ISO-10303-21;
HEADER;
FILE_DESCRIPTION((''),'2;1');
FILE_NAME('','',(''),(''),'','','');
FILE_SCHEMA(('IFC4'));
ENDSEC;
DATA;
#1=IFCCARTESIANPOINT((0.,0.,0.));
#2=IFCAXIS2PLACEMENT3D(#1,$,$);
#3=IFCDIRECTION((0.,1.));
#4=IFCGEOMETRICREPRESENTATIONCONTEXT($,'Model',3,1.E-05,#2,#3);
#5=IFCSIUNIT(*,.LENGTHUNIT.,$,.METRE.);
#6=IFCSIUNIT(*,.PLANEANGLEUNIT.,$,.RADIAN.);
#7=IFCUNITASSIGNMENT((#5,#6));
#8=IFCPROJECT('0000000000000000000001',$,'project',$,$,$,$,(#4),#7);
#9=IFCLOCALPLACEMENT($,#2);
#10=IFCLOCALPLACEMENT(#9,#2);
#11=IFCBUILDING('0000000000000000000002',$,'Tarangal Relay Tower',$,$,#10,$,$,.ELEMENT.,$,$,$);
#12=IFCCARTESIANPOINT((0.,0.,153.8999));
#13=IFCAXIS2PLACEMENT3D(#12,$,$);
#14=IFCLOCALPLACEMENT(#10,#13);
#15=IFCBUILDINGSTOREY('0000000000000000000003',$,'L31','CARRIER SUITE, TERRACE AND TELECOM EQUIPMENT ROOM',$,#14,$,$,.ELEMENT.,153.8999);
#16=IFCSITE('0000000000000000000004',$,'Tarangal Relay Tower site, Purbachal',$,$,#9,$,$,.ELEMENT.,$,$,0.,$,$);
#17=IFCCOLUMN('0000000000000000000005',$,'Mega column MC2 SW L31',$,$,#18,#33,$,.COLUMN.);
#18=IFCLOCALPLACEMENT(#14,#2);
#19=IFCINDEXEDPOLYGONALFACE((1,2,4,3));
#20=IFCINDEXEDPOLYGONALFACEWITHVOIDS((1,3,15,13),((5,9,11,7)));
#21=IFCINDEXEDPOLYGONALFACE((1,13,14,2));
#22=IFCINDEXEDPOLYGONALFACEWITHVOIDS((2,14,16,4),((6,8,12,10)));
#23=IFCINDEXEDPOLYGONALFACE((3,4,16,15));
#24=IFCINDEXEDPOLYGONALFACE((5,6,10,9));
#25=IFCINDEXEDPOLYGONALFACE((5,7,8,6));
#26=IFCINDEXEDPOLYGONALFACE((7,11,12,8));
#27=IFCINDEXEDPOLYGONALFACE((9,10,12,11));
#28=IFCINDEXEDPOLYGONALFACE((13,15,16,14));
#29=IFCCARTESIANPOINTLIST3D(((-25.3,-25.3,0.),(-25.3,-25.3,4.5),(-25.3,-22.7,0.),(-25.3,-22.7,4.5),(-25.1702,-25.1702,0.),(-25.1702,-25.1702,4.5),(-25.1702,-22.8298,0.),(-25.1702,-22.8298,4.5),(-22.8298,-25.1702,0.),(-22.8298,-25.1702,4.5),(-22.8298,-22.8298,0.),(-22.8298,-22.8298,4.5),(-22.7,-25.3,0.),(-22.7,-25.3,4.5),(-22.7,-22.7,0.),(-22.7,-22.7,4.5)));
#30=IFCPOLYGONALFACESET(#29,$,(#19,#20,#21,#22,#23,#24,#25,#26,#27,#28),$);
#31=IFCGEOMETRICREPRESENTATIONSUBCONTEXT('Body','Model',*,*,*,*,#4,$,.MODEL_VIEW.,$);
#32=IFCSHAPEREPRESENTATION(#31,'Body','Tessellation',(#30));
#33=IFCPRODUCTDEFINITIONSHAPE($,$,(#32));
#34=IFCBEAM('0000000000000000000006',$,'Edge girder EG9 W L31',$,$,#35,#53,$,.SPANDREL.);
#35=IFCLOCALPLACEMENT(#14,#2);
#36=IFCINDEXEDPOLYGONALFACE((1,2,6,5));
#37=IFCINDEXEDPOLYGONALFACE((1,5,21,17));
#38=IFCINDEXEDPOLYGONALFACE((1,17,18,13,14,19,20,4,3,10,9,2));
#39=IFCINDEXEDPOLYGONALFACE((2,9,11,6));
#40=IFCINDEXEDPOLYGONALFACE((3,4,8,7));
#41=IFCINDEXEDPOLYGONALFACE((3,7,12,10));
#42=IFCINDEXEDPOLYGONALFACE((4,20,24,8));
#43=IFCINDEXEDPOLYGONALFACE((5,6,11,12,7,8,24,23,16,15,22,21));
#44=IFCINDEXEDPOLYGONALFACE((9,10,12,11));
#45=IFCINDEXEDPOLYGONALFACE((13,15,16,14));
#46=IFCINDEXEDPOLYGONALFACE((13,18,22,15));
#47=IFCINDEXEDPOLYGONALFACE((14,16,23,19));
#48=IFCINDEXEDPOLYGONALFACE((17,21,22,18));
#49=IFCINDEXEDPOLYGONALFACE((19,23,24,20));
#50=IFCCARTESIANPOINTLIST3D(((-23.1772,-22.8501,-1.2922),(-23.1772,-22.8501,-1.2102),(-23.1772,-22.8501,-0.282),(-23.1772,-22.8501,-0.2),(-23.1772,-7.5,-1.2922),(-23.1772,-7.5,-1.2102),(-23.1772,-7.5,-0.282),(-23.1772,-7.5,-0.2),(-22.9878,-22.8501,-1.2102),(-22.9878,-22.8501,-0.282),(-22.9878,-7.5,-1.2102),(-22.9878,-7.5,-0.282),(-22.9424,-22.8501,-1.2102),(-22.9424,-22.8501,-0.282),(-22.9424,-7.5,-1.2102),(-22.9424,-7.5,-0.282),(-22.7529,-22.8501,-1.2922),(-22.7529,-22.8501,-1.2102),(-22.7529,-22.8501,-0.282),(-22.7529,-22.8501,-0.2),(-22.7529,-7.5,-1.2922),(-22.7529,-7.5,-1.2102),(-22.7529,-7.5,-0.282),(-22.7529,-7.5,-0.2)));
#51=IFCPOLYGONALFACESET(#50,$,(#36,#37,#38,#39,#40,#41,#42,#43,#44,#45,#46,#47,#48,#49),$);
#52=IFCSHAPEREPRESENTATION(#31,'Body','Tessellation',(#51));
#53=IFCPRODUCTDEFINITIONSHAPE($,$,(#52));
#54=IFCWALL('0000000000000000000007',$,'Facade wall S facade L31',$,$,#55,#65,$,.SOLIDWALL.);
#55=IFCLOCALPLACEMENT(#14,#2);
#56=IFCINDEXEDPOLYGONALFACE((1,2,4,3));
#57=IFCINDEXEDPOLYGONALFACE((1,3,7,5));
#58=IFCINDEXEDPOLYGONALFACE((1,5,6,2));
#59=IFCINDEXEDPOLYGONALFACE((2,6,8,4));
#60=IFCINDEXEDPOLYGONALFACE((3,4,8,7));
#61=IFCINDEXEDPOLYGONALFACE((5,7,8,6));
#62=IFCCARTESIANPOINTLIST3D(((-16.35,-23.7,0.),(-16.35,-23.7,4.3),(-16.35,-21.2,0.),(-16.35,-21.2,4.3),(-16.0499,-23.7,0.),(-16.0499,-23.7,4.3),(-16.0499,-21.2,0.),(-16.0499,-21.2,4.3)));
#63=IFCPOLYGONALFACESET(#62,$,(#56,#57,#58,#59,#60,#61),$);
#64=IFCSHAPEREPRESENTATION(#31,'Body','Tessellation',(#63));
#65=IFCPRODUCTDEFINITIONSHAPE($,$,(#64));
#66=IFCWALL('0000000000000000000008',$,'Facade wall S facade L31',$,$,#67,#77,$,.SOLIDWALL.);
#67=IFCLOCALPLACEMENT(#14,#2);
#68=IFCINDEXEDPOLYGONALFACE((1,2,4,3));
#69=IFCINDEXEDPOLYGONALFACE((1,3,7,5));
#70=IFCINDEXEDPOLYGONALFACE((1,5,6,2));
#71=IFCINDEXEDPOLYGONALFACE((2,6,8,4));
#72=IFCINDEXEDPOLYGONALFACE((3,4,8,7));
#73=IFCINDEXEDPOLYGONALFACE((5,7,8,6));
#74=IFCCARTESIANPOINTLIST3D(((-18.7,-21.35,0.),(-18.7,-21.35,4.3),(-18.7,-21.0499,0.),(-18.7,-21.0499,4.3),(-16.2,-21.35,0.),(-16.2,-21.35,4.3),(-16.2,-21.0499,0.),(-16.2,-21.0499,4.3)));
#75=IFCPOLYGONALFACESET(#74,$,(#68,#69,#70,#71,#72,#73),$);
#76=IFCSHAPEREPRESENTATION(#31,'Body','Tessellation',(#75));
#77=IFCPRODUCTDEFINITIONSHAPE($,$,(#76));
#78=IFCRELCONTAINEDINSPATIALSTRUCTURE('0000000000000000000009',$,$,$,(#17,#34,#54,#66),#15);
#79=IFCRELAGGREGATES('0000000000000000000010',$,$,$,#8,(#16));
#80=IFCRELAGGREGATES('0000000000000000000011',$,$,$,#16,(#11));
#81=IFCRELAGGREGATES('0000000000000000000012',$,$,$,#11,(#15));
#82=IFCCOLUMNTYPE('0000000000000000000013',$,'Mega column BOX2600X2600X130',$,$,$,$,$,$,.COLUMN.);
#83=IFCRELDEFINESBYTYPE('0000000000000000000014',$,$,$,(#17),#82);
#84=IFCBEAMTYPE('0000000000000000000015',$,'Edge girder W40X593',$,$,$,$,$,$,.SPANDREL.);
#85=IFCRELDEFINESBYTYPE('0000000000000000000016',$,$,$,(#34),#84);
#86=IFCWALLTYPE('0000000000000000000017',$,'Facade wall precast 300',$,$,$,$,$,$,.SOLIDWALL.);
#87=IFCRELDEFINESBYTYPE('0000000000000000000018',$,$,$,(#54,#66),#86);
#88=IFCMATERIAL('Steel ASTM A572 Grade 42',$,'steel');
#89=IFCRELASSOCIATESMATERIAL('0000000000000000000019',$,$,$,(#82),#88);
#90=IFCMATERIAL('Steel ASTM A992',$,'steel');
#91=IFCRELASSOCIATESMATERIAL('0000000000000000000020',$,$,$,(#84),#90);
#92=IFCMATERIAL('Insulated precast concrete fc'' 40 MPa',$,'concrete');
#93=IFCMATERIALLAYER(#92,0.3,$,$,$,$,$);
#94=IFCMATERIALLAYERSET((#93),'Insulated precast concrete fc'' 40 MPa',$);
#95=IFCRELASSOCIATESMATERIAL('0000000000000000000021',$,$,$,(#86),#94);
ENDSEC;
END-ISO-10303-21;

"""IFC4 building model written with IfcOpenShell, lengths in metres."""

from ifc_helpers import new_model, si_unit, direction, frame, frame_2d, origin, origin_2d, place, context, subcontext, project, spatial, rectangle, hollow_rectangle, i_section, extrude, material, layer, layer_set, material_profile, profile_set, type_object, element, save


model = new_model("IFC4")

# Units and contexts
model_context = context("Model", 3, precision=1e-05, world=origin(), true_north=direction((0.0, 1.0)))
body_context = subcontext(model_context, "Body", "Model", "MODEL_VIEW")
ifc_project = project(units=[si_unit("LENGTHUNIT", "METRE"), si_unit("PLANEANGLEUNIT", "RADIAN")], contexts=[model_context])

# Site, building, storey
site_placement = place(None, origin())
site = spatial("IfcSite", under=ifc_project, at=site_placement, Name="Tarangal Relay Tower site, Purbachal", CompositionType="ELEMENT", RefElevation=0.0)
building_placement = place(site_placement, origin())
building = spatial("IfcBuilding", under=site, at=building_placement, Name="Tarangal Relay Tower", CompositionType="ELEMENT")
storey_placement = place(building_placement, frame((0.0, 0.0, 153.8999)))
storey = spatial("IfcBuildingStorey", under=building, at=storey_placement, Name="L31", Description="CARRIER SUITE, TERRACE AND TELECOM EQUIPMENT ROOM", CompositionType="ELEMENT", Elevation=153.8999)

# Column
ifc_material_1 = material(Name="Steel ASTM A572 Grade 42", Category="steel")
ifc_material_profile_1 = material_profile(ifc_material_1, hollow_rectangle(XDim=2.6001, YDim=2.6001, WallThickness=0.1299, at=origin_2d()), Name="BOX2600X2600X130")
ifc_profile_set_1 = profile_set([ifc_material_profile_1], Name="Steel ASTM A572 Grade 42")
column_type = type_object("IfcColumnType", Name="Mega column BOX2600X2600X130", PredefinedType="COLUMN", material=ifc_profile_set_1)
column_placement = place(storey_placement, frame((-24.0, -24.0, 0.0), z_axis=(0.0, 0.0, 1.0), x_axis=(1.0, 0.0, 0.0)))
element("IfcColumn", 1, at=column_placement, inside=storey, type_object=column_type, Name="Mega column MC2 SW L31", PredefinedType="COLUMN", context=body_context, shape_type="SweptSolid", body=[
    extrude(hollow_rectangle(XDim=2.6001, YDim=2.6001, WallThickness=0.1299, at=origin_2d()), origin(), (0.0, 0.0, 1.0), 4.5),
])

# Beam
ifc_material_2 = material(Name="Steel ASTM A992", Category="steel")
ifc_material_profile_2 = material_profile(ifc_material_2, i_section(OverallWidth=0.4243, OverallDepth=1.0923, WebThickness=0.0454, FlangeThickness=0.082, at=origin_2d()), Name="W40X593")
ifc_profile_set_2 = profile_set([ifc_material_profile_2], Name="Steel ASTM A992")
beam_type = type_object("IfcBeamType", Name="Edge girder W40X593", PredefinedType="SPANDREL", material=ifc_profile_set_2)
beam_placement = place(storey_placement, frame((-22.9651, -22.8501, -0.7461), z_axis=(0.0, 1.0, 0.0), x_axis=(-1.0, 0.0, 0.0)))
element("IfcBeam", 2, at=beam_placement, inside=storey, type_object=beam_type, Name="Edge girder EG9 W L31", PredefinedType="SPANDREL", context=body_context, shape_type="SweptSolid", body=[
    extrude(i_section(OverallWidth=0.4243, OverallDepth=1.0923, WebThickness=0.0454, FlangeThickness=0.082, at=origin_2d()), origin(), (0.0, 0.0, 1.0), 15.3501),
])

# Walls
ifc_material_3 = material(Name="Insulated precast concrete fc' 40 MPa", Category="concrete")
ifc_layer = layer(ifc_material_3, 0.3)
ifc_layer_set = layer_set([ifc_layer], Name="Insulated precast concrete fc' 40 MPa")
wall_type = type_object("IfcWallType", Name="Facade wall precast 300", PredefinedType="SOLIDWALL", material=ifc_layer_set)
for number, where, z_axis, x_axis, name in (
    (3, (-16.2, -23.7, 0.0), (0.0, 0.0, 1.0), (0.0, 1.0, 0.0), "Facade wall S facade L31"),
    (4, (-16.2, -21.2, 0.0), (0.0, 0.0, 1.0), (-1.0, 0.0, 0.0), "Facade wall S facade L31"),
):
    element("IfcWall", number, at=place(storey_placement, frame(where, z_axis=z_axis, x_axis=x_axis)), inside=storey, type_object=wall_type, Name=name, PredefinedType="SOLIDWALL", context=body_context, shape_type="SweptSolid", body=[
        extrude(rectangle(XDim=2.5, YDim=0.3, at=frame_2d((1.25, 0.0))), origin(), (0.0, 0.0, 1.0), 4.3),
    ])

save(model, "model.ifc")
